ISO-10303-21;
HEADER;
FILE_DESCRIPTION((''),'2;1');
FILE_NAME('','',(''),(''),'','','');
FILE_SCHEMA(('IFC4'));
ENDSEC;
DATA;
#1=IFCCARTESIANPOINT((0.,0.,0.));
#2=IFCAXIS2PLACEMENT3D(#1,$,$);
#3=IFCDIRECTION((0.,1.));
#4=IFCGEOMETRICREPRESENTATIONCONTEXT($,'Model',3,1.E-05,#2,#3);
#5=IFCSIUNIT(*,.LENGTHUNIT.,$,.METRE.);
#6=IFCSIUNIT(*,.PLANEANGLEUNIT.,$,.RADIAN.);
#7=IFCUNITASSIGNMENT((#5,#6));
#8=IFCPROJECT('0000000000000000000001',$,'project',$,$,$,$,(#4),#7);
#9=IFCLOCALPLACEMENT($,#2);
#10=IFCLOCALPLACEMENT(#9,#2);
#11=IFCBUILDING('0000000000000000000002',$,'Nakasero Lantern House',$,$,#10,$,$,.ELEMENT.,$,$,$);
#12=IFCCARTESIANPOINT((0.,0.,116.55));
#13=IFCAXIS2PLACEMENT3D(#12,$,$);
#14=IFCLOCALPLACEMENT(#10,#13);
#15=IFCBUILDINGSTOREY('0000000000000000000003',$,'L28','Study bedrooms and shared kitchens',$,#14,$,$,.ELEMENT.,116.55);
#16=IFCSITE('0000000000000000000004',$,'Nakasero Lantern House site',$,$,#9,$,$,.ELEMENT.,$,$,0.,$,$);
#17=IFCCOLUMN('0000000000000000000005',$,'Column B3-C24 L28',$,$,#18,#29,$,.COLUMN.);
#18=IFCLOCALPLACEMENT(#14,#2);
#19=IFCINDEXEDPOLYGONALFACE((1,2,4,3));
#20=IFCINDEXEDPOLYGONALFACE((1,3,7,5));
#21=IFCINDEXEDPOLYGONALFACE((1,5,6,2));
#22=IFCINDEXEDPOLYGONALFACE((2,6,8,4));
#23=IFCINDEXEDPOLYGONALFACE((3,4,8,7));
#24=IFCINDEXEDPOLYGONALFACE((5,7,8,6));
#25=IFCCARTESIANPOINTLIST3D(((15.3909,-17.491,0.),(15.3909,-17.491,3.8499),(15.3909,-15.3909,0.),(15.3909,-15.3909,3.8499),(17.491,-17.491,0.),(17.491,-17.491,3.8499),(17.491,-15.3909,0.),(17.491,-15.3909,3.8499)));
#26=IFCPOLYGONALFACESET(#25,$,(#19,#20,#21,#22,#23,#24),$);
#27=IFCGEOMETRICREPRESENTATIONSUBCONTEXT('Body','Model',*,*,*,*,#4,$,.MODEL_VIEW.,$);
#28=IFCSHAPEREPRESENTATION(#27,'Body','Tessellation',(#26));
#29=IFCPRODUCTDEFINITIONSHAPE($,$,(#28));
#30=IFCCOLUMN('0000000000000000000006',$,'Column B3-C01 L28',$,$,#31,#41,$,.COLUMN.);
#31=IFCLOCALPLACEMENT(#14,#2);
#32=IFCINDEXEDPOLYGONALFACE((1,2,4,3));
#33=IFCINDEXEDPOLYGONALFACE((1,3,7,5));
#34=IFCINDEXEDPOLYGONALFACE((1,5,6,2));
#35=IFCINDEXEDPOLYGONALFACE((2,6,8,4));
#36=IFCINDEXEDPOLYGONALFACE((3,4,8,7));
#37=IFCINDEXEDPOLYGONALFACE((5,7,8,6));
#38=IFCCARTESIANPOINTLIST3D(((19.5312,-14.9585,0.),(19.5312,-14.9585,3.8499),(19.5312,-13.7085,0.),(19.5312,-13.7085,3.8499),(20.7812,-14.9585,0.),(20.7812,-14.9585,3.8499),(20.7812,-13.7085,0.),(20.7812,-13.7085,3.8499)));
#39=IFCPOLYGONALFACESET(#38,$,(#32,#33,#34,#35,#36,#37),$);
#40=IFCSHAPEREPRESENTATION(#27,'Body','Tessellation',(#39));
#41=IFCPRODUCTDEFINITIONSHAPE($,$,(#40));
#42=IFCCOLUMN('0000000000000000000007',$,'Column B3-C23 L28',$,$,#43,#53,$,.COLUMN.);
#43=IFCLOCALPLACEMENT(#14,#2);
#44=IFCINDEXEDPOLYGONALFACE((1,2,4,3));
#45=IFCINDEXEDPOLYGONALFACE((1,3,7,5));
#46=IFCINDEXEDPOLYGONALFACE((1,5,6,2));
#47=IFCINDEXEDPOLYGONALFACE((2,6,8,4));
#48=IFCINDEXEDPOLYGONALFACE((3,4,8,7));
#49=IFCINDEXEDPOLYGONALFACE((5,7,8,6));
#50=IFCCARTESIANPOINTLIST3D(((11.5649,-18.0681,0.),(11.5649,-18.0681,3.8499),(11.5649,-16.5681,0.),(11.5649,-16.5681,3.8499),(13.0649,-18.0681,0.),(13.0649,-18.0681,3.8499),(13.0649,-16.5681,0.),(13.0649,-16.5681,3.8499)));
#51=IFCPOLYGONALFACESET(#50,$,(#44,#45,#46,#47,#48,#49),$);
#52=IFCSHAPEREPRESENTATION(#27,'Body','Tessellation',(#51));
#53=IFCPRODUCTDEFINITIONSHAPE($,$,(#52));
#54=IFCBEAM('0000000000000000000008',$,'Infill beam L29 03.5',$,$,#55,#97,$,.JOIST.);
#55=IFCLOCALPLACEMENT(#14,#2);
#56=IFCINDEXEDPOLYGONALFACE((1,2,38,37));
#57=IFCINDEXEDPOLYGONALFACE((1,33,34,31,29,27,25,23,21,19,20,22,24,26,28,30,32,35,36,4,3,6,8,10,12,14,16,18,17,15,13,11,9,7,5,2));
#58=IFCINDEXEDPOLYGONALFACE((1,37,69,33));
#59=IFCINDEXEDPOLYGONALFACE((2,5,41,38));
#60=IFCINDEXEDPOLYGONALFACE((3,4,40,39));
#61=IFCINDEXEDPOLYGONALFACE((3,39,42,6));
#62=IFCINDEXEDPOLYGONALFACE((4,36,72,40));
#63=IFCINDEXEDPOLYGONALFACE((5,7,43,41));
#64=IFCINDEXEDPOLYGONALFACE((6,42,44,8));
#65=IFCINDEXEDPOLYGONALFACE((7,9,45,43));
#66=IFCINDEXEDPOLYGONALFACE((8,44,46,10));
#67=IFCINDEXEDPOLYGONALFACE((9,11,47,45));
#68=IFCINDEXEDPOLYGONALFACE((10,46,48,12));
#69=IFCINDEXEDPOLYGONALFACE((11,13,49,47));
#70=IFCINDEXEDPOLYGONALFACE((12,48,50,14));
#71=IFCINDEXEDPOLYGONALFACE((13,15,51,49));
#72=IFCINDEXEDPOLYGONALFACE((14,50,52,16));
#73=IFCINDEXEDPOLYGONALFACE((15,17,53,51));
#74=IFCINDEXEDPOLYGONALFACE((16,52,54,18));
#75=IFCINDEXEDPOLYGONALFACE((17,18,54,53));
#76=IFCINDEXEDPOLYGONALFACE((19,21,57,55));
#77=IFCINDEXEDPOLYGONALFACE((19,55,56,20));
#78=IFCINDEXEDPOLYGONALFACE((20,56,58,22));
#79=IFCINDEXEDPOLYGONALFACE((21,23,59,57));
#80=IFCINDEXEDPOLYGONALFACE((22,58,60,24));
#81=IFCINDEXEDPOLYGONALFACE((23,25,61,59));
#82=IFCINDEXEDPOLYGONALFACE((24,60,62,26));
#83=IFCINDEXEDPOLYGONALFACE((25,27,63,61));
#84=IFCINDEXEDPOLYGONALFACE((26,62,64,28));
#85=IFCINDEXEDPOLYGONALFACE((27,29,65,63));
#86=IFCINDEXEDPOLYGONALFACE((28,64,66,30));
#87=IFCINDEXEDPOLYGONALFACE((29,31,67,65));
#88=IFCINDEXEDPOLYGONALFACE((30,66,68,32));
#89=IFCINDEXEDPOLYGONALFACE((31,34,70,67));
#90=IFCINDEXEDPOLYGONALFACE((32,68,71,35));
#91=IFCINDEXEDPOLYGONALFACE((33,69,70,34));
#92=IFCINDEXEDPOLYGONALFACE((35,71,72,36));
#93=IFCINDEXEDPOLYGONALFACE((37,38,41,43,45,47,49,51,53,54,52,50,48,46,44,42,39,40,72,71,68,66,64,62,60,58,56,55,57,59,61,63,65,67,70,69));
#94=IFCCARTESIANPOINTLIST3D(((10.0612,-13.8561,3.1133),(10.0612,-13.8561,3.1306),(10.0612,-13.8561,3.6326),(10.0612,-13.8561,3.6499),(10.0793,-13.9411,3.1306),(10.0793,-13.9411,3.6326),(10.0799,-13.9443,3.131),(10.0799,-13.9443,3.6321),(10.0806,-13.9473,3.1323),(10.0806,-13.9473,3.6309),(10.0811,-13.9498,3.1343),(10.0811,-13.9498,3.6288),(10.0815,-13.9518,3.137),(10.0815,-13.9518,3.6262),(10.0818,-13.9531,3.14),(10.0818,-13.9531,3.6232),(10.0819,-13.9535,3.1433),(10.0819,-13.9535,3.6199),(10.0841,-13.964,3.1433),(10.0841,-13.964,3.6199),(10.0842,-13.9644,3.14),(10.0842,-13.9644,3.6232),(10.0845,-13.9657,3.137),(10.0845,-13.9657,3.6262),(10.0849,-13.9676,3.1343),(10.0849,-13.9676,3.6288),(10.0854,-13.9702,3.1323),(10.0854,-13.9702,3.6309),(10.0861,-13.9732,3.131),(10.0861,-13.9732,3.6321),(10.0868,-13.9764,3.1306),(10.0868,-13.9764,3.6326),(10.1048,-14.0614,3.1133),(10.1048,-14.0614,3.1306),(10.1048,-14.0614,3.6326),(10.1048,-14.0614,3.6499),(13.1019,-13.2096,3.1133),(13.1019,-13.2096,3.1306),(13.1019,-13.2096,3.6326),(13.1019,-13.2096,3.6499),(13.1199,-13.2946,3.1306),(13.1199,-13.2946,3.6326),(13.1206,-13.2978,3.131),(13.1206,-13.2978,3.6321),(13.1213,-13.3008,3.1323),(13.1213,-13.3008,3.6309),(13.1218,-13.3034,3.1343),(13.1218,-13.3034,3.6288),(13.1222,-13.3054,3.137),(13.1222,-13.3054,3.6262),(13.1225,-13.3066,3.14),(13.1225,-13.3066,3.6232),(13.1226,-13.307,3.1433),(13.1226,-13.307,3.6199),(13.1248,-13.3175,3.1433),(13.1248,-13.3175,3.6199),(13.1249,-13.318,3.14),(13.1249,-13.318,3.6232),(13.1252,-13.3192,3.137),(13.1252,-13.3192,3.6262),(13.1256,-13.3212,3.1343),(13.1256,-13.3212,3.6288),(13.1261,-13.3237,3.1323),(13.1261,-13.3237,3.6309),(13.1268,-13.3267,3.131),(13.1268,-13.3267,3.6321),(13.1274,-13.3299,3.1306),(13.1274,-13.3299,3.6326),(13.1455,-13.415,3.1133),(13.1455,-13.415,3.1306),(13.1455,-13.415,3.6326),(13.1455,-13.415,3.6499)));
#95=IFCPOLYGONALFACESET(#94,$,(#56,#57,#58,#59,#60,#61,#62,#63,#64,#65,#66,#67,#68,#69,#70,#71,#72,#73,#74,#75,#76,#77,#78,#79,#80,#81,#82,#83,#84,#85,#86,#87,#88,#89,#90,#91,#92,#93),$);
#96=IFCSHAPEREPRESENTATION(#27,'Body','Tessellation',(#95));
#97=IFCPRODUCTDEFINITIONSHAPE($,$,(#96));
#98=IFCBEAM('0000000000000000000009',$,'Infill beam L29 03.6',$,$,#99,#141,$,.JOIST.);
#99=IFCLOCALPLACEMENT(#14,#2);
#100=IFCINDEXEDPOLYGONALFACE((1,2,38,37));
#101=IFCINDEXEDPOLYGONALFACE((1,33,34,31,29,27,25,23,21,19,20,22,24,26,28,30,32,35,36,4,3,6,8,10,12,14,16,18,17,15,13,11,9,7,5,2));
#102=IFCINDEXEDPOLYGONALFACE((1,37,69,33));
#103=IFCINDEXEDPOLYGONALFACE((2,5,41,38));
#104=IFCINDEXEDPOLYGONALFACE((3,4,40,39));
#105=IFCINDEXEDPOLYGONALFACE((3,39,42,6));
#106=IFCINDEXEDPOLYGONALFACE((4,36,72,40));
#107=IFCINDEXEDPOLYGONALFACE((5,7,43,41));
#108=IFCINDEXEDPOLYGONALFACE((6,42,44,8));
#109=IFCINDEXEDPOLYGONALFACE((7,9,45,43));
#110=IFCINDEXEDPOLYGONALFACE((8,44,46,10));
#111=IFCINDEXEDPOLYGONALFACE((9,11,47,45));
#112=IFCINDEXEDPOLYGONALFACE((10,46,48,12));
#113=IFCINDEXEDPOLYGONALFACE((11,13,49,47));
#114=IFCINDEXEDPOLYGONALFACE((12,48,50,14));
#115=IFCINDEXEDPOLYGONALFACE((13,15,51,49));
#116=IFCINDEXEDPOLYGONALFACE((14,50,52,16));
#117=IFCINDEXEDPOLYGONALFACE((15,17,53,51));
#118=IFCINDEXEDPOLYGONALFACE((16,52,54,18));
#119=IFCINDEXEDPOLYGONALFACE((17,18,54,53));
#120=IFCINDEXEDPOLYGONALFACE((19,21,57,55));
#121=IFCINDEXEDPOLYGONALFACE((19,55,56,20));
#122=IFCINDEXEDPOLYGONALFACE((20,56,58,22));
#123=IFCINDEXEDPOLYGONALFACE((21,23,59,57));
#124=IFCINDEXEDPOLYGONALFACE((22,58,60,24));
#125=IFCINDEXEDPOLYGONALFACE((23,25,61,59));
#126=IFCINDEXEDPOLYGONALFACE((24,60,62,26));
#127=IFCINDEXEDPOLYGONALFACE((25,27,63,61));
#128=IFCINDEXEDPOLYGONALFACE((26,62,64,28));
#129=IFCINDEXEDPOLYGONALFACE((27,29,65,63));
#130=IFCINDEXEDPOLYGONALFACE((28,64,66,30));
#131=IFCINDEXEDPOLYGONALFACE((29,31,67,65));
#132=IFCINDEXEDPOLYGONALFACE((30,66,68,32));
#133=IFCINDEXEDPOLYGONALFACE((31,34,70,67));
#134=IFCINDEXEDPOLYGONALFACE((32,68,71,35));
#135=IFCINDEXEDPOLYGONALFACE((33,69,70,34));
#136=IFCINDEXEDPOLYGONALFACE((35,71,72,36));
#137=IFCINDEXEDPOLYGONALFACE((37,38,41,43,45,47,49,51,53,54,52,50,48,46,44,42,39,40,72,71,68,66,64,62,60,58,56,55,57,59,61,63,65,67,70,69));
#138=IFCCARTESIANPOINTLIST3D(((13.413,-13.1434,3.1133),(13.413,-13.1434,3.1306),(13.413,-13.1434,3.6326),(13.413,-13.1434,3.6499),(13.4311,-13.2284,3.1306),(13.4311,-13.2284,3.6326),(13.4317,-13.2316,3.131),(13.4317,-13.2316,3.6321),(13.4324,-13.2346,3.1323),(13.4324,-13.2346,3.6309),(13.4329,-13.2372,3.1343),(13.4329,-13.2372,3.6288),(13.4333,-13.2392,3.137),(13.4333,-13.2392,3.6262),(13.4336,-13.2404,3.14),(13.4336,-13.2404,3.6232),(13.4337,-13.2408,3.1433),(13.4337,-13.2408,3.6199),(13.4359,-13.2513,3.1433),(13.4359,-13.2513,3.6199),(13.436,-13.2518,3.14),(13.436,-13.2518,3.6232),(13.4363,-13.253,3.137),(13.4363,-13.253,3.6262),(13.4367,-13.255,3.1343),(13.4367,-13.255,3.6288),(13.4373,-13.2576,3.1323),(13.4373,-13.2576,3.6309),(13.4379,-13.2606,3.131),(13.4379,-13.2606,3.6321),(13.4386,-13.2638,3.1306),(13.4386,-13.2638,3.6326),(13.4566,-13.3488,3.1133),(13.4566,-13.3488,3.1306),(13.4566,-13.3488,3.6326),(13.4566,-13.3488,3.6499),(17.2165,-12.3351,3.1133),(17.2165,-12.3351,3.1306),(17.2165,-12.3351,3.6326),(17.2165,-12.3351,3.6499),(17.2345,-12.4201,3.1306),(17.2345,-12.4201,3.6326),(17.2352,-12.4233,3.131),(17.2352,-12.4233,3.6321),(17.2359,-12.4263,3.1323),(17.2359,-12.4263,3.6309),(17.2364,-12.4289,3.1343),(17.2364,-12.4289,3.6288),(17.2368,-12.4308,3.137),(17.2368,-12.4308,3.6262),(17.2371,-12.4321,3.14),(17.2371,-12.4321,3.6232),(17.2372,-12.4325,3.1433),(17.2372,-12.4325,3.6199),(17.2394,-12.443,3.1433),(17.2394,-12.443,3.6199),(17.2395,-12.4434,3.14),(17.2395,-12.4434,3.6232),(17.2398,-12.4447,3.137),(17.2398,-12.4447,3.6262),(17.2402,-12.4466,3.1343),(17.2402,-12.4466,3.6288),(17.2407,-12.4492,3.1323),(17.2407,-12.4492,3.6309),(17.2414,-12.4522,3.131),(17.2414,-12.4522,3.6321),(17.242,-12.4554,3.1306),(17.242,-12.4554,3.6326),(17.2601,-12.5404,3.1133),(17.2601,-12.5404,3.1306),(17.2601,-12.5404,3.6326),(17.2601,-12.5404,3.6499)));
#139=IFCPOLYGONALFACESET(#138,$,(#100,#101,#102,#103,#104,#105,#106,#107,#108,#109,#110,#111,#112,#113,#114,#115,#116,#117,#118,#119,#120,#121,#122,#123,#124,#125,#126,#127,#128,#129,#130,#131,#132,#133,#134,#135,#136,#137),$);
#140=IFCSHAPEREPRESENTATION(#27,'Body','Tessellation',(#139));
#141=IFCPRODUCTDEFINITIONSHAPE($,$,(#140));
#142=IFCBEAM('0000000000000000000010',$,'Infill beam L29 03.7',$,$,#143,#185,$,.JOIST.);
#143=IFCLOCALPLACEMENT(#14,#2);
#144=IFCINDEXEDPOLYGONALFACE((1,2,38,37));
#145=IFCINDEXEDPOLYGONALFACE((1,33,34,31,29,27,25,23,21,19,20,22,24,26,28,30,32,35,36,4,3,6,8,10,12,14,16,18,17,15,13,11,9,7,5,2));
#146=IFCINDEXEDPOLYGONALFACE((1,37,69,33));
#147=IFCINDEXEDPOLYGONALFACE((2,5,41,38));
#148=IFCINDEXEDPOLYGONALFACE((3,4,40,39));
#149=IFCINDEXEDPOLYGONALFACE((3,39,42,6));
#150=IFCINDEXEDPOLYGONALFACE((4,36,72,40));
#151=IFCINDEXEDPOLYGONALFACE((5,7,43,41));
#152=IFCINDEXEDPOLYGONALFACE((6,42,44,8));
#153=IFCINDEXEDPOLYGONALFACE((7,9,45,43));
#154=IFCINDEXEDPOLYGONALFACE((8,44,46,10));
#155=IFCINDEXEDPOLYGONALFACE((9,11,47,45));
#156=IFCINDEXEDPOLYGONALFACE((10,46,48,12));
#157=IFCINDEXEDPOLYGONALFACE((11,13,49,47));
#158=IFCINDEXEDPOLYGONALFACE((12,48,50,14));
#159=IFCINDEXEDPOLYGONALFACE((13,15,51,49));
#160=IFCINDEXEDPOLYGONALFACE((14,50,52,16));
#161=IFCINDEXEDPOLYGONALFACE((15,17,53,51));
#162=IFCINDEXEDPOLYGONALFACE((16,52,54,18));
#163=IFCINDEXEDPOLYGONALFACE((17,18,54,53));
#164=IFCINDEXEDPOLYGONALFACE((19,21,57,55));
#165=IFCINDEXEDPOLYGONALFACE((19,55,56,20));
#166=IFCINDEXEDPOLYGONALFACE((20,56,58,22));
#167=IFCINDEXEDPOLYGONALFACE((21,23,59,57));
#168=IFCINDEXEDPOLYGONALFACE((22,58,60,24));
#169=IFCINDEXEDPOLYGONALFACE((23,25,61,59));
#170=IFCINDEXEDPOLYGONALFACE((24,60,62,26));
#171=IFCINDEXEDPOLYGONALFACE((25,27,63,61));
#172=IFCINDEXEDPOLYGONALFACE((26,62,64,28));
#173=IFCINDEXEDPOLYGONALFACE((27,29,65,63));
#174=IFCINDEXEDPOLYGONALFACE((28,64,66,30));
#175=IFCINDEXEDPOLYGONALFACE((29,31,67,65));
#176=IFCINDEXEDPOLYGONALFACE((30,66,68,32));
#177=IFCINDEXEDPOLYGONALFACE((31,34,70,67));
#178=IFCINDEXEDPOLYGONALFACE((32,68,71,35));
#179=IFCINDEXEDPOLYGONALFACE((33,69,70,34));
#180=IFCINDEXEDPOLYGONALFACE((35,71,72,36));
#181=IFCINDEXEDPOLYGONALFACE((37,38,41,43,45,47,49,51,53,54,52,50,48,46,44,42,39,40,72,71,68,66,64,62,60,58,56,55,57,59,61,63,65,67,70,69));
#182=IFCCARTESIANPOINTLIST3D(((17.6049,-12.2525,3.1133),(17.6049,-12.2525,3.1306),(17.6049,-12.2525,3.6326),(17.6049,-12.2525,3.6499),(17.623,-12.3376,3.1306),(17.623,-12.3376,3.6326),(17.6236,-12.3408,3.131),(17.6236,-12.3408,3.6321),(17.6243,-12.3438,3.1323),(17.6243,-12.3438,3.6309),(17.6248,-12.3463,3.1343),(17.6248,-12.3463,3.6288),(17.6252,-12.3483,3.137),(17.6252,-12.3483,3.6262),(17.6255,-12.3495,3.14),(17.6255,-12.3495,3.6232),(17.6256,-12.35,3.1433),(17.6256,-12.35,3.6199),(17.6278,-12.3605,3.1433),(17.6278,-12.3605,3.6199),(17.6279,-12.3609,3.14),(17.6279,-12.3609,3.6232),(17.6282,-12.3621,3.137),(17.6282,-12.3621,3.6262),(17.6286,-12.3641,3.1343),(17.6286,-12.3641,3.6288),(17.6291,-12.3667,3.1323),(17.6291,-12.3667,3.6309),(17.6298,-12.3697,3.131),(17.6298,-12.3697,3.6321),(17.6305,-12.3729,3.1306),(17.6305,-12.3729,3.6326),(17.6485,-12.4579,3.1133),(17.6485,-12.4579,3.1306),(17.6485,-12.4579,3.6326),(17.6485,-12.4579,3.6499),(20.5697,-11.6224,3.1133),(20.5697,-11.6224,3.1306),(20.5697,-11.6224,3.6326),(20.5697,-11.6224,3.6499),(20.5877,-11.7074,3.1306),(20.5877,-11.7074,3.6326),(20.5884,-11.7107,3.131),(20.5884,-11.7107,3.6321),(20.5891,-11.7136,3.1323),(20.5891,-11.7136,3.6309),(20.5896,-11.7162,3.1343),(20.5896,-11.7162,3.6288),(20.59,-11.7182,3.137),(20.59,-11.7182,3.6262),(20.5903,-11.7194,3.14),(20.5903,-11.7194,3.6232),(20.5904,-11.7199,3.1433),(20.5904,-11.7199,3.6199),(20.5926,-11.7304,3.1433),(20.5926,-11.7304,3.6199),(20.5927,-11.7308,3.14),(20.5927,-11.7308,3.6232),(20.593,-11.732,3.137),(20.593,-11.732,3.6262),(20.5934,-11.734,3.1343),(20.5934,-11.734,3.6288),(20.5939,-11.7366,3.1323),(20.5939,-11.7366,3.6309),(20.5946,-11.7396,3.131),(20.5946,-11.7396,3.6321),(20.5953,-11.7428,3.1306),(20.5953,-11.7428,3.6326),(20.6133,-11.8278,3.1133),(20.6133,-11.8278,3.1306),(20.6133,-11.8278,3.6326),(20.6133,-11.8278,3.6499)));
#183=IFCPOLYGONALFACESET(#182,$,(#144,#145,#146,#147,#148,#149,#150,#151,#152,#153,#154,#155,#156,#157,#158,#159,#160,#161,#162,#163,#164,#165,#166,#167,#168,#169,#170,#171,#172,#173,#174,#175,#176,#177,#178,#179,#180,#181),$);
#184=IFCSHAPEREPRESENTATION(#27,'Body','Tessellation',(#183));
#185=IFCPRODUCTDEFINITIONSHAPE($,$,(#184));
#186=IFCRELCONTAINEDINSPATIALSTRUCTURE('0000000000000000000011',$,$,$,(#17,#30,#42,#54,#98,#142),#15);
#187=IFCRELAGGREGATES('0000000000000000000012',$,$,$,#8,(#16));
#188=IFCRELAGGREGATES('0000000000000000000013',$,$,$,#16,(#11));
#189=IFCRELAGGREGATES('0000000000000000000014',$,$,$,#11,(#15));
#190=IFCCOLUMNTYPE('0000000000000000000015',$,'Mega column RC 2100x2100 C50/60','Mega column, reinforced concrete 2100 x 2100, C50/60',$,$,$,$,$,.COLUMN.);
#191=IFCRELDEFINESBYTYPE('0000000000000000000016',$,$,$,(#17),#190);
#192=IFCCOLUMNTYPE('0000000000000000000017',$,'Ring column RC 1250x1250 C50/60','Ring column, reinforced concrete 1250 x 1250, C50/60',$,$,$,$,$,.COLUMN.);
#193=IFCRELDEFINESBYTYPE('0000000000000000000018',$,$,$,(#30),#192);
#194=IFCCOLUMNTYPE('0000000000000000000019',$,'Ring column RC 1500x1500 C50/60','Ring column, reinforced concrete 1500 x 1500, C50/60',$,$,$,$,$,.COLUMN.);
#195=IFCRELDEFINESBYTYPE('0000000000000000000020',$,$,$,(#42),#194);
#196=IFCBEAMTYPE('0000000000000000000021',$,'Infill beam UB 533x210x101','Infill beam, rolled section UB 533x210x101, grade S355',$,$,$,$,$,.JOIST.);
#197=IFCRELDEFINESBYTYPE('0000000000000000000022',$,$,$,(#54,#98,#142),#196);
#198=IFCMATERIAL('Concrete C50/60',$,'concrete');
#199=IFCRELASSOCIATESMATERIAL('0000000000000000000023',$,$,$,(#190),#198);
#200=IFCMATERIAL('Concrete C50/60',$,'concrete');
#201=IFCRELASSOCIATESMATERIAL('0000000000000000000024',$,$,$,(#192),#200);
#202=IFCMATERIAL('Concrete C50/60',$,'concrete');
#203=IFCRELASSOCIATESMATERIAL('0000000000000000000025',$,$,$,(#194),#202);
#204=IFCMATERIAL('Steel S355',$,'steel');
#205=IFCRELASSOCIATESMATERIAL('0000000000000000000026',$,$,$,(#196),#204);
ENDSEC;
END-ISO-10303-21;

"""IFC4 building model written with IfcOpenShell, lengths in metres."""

from ifc_helpers import new_model, si_unit, direction, frame, origin, origin_2d, place, context, subcontext, project, spatial, rectangle, i_section, extrude, material, material_profile, profile_set, type_object, element, save


model = new_model("IFC4")

# Units and contexts
model_context = context("Model", 3, precision=1e-05, world=origin(), true_north=direction((0.0, 1.0)))
body_context = subcontext(model_context, "Body", "Model", "MODEL_VIEW")
ifc_project = project(units=[si_unit("LENGTHUNIT", "METRE"), si_unit("PLANEANGLEUNIT", "RADIAN")], contexts=[model_context])

# Site, building, storey
site_placement = place(None, origin())
site = spatial("IfcSite", under=ifc_project, at=site_placement, Name="Nakasero Lantern House site", CompositionType="ELEMENT", RefElevation=0.0)
building_placement = place(site_placement, origin())
building = spatial("IfcBuilding", under=site, at=building_placement, Name="Nakasero Lantern House", CompositionType="ELEMENT")
storey_placement = place(building_placement, frame((0.0, 0.0, 116.55)))
storey = spatial("IfcBuildingStorey", under=building, at=storey_placement, Name="L28", Description="Study bedrooms and shared kitchens", CompositionType="ELEMENT", Elevation=116.55)

# Columns
ifc_material_1 = material(Name="Concrete C50/60", Category="concrete")
ifc_material_profile_1 = material_profile(ifc_material_1, rectangle(XDim=2.1001, YDim=2.1001, at=origin_2d()), Name="RC 2100x2100")
ifc_profile_set_1 = profile_set([ifc_material_profile_1], Name="Concrete C50/60")
column_type_1 = type_object("IfcColumnType", Name="Mega column RC 2100x2100 C50/60", Description="Mega column, reinforced concrete 2100 x 2100, C50/60", PredefinedType="COLUMN", material=ifc_profile_set_1)
column_1_placement = place(storey_placement, frame((16.4409, -16.4409, 0.0), z_axis=(0.0, 0.0, 1.0), x_axis=(1.0, 0.0, 0.0)))
element("IfcColumn", 1, at=column_1_placement, inside=storey, type_object=column_type_1, Name="Column B3-C24 L28", PredefinedType="COLUMN", context=body_context, shape_type="SweptSolid", body=[
    extrude(rectangle(XDim=2.1001, YDim=2.1001, at=origin_2d()), origin(), (0.0, 0.0, 1.0), 3.8499),
])
ifc_material_2 = material(Name="Concrete C50/60", Category="concrete")
ifc_material_profile_2 = material_profile(ifc_material_2, rectangle(XDim=1.25, YDim=1.25, at=origin_2d()), Name="RC 1250x1250")
ifc_profile_set_2 = profile_set([ifc_material_profile_2], Name="Concrete C50/60")
column_type_2 = type_object("IfcColumnType", Name="Ring column RC 1250x1250 C50/60", Description="Ring column, reinforced concrete 1250 x 1250, C50/60", PredefinedType="COLUMN", material=ifc_profile_set_2)
column_2_placement = place(storey_placement, frame((20.1562, -14.3335, 0.0), z_axis=(0.0, 0.0, 1.0), x_axis=(1.0, 0.0, 0.0)))
element("IfcColumn", 2, at=column_2_placement, inside=storey, type_object=column_type_2, Name="Column B3-C01 L28", PredefinedType="COLUMN", context=body_context, shape_type="SweptSolid", body=[
    extrude(rectangle(XDim=1.25, YDim=1.25, at=origin_2d()), origin(), (0.0, 0.0, 1.0), 3.8499),
])
ifc_material_3 = material(Name="Concrete C50/60", Category="concrete")
ifc_material_profile_3 = material_profile(ifc_material_3, rectangle(XDim=1.5, YDim=1.5, at=origin_2d()), Name="RC 1500x1500")
ifc_profile_set_3 = profile_set([ifc_material_profile_3], Name="Concrete C50/60")
column_type_3 = type_object("IfcColumnType", Name="Ring column RC 1500x1500 C50/60", Description="Ring column, reinforced concrete 1500 x 1500, C50/60", PredefinedType="COLUMN", material=ifc_profile_set_3)
column_3_placement = place(storey_placement, frame((12.3149, -17.3181, 0.0), z_axis=(0.0, 0.0, 1.0), x_axis=(1.0, 0.0, 0.0)))
element("IfcColumn", 3, at=column_3_placement, inside=storey, type_object=column_type_3, Name="Column B3-C23 L28", PredefinedType="COLUMN", context=body_context, shape_type="SweptSolid", body=[
    extrude(rectangle(XDim=1.5, YDim=1.5, at=origin_2d()), origin(), (0.0, 0.0, 1.0), 3.8499),
])

# Beams
ifc_material_4 = material(Name="Steel S355", Category="steel")
ifc_material_profile_4 = material_profile(ifc_material_4, i_section(OverallWidth=0.21, OverallDepth=0.5366, WebThickness=0.0107, FlangeThickness=0.0173, FilletRadius=0.0127, at=origin_2d()), Name="UB 533x210x101")
ifc_profile_set_4 = profile_set([ifc_material_profile_4], Name="Steel S355")
beam_type_1 = type_object("IfcBeamType", Name="Infill beam UB 533x210x101", Description="Infill beam, rolled section UB 533x210x101, grade S355", PredefinedType="JOIST", material=ifc_profile_set_4)
beam_1_placement = place(storey_placement, frame((10.083, -13.9587, 3.3816), z_axis=(0.978138, 0.207957, 0.0), x_axis=(-0.207957, 0.978138, 0.0)))
element("IfcBeam", 4, at=beam_1_placement, inside=storey, type_object=beam_type_1, Name="Infill beam L29 03.5", PredefinedType="JOIST", context=body_context, shape_type="SweptSolid", body=[
    extrude(i_section(OverallWidth=0.21, OverallDepth=0.5366, WebThickness=0.0107, FlangeThickness=0.0173, FilletRadius=0.0127, at=origin_2d()), origin(), (0.0, 0.0, 1.0), 3.1086),
])
beam_2_placement = place(storey_placement, frame((13.4348, -13.2461, 3.3816), z_axis=(0.978153, 0.207887, 0.0), x_axis=(-0.207887, 0.978153, 0.0)))
element("IfcBeam", 5, at=beam_2_placement, inside=storey, type_object=beam_type_1, Name="Infill beam L29 03.6", PredefinedType="JOIST", context=body_context, shape_type="SweptSolid", body=[
    extrude(i_section(OverallWidth=0.21, OverallDepth=0.5366, WebThickness=0.0107, FlangeThickness=0.0173, FilletRadius=0.0127, at=origin_2d()), origin(), (0.0, 0.0, 1.0), 3.8884),
])
beam_3_placement = place(storey_placement, frame((17.6267, -12.3552, 3.3816), z_axis=(0.978152, 0.20789, 0.0), x_axis=(-0.20789, 0.978152, 0.0)))
element("IfcBeam", 6, at=beam_3_placement, inside=storey, type_object=beam_type_1, Name="Infill beam L29 03.7", PredefinedType="JOIST", context=body_context, shape_type="SweptSolid", body=[
    extrude(i_section(OverallWidth=0.21, OverallDepth=0.5366, WebThickness=0.0107, FlangeThickness=0.0173, FilletRadius=0.0127, at=origin_2d()), origin(), (0.0, 0.0, 1.0), 3.031),
])

save(model, "model.ifc")
